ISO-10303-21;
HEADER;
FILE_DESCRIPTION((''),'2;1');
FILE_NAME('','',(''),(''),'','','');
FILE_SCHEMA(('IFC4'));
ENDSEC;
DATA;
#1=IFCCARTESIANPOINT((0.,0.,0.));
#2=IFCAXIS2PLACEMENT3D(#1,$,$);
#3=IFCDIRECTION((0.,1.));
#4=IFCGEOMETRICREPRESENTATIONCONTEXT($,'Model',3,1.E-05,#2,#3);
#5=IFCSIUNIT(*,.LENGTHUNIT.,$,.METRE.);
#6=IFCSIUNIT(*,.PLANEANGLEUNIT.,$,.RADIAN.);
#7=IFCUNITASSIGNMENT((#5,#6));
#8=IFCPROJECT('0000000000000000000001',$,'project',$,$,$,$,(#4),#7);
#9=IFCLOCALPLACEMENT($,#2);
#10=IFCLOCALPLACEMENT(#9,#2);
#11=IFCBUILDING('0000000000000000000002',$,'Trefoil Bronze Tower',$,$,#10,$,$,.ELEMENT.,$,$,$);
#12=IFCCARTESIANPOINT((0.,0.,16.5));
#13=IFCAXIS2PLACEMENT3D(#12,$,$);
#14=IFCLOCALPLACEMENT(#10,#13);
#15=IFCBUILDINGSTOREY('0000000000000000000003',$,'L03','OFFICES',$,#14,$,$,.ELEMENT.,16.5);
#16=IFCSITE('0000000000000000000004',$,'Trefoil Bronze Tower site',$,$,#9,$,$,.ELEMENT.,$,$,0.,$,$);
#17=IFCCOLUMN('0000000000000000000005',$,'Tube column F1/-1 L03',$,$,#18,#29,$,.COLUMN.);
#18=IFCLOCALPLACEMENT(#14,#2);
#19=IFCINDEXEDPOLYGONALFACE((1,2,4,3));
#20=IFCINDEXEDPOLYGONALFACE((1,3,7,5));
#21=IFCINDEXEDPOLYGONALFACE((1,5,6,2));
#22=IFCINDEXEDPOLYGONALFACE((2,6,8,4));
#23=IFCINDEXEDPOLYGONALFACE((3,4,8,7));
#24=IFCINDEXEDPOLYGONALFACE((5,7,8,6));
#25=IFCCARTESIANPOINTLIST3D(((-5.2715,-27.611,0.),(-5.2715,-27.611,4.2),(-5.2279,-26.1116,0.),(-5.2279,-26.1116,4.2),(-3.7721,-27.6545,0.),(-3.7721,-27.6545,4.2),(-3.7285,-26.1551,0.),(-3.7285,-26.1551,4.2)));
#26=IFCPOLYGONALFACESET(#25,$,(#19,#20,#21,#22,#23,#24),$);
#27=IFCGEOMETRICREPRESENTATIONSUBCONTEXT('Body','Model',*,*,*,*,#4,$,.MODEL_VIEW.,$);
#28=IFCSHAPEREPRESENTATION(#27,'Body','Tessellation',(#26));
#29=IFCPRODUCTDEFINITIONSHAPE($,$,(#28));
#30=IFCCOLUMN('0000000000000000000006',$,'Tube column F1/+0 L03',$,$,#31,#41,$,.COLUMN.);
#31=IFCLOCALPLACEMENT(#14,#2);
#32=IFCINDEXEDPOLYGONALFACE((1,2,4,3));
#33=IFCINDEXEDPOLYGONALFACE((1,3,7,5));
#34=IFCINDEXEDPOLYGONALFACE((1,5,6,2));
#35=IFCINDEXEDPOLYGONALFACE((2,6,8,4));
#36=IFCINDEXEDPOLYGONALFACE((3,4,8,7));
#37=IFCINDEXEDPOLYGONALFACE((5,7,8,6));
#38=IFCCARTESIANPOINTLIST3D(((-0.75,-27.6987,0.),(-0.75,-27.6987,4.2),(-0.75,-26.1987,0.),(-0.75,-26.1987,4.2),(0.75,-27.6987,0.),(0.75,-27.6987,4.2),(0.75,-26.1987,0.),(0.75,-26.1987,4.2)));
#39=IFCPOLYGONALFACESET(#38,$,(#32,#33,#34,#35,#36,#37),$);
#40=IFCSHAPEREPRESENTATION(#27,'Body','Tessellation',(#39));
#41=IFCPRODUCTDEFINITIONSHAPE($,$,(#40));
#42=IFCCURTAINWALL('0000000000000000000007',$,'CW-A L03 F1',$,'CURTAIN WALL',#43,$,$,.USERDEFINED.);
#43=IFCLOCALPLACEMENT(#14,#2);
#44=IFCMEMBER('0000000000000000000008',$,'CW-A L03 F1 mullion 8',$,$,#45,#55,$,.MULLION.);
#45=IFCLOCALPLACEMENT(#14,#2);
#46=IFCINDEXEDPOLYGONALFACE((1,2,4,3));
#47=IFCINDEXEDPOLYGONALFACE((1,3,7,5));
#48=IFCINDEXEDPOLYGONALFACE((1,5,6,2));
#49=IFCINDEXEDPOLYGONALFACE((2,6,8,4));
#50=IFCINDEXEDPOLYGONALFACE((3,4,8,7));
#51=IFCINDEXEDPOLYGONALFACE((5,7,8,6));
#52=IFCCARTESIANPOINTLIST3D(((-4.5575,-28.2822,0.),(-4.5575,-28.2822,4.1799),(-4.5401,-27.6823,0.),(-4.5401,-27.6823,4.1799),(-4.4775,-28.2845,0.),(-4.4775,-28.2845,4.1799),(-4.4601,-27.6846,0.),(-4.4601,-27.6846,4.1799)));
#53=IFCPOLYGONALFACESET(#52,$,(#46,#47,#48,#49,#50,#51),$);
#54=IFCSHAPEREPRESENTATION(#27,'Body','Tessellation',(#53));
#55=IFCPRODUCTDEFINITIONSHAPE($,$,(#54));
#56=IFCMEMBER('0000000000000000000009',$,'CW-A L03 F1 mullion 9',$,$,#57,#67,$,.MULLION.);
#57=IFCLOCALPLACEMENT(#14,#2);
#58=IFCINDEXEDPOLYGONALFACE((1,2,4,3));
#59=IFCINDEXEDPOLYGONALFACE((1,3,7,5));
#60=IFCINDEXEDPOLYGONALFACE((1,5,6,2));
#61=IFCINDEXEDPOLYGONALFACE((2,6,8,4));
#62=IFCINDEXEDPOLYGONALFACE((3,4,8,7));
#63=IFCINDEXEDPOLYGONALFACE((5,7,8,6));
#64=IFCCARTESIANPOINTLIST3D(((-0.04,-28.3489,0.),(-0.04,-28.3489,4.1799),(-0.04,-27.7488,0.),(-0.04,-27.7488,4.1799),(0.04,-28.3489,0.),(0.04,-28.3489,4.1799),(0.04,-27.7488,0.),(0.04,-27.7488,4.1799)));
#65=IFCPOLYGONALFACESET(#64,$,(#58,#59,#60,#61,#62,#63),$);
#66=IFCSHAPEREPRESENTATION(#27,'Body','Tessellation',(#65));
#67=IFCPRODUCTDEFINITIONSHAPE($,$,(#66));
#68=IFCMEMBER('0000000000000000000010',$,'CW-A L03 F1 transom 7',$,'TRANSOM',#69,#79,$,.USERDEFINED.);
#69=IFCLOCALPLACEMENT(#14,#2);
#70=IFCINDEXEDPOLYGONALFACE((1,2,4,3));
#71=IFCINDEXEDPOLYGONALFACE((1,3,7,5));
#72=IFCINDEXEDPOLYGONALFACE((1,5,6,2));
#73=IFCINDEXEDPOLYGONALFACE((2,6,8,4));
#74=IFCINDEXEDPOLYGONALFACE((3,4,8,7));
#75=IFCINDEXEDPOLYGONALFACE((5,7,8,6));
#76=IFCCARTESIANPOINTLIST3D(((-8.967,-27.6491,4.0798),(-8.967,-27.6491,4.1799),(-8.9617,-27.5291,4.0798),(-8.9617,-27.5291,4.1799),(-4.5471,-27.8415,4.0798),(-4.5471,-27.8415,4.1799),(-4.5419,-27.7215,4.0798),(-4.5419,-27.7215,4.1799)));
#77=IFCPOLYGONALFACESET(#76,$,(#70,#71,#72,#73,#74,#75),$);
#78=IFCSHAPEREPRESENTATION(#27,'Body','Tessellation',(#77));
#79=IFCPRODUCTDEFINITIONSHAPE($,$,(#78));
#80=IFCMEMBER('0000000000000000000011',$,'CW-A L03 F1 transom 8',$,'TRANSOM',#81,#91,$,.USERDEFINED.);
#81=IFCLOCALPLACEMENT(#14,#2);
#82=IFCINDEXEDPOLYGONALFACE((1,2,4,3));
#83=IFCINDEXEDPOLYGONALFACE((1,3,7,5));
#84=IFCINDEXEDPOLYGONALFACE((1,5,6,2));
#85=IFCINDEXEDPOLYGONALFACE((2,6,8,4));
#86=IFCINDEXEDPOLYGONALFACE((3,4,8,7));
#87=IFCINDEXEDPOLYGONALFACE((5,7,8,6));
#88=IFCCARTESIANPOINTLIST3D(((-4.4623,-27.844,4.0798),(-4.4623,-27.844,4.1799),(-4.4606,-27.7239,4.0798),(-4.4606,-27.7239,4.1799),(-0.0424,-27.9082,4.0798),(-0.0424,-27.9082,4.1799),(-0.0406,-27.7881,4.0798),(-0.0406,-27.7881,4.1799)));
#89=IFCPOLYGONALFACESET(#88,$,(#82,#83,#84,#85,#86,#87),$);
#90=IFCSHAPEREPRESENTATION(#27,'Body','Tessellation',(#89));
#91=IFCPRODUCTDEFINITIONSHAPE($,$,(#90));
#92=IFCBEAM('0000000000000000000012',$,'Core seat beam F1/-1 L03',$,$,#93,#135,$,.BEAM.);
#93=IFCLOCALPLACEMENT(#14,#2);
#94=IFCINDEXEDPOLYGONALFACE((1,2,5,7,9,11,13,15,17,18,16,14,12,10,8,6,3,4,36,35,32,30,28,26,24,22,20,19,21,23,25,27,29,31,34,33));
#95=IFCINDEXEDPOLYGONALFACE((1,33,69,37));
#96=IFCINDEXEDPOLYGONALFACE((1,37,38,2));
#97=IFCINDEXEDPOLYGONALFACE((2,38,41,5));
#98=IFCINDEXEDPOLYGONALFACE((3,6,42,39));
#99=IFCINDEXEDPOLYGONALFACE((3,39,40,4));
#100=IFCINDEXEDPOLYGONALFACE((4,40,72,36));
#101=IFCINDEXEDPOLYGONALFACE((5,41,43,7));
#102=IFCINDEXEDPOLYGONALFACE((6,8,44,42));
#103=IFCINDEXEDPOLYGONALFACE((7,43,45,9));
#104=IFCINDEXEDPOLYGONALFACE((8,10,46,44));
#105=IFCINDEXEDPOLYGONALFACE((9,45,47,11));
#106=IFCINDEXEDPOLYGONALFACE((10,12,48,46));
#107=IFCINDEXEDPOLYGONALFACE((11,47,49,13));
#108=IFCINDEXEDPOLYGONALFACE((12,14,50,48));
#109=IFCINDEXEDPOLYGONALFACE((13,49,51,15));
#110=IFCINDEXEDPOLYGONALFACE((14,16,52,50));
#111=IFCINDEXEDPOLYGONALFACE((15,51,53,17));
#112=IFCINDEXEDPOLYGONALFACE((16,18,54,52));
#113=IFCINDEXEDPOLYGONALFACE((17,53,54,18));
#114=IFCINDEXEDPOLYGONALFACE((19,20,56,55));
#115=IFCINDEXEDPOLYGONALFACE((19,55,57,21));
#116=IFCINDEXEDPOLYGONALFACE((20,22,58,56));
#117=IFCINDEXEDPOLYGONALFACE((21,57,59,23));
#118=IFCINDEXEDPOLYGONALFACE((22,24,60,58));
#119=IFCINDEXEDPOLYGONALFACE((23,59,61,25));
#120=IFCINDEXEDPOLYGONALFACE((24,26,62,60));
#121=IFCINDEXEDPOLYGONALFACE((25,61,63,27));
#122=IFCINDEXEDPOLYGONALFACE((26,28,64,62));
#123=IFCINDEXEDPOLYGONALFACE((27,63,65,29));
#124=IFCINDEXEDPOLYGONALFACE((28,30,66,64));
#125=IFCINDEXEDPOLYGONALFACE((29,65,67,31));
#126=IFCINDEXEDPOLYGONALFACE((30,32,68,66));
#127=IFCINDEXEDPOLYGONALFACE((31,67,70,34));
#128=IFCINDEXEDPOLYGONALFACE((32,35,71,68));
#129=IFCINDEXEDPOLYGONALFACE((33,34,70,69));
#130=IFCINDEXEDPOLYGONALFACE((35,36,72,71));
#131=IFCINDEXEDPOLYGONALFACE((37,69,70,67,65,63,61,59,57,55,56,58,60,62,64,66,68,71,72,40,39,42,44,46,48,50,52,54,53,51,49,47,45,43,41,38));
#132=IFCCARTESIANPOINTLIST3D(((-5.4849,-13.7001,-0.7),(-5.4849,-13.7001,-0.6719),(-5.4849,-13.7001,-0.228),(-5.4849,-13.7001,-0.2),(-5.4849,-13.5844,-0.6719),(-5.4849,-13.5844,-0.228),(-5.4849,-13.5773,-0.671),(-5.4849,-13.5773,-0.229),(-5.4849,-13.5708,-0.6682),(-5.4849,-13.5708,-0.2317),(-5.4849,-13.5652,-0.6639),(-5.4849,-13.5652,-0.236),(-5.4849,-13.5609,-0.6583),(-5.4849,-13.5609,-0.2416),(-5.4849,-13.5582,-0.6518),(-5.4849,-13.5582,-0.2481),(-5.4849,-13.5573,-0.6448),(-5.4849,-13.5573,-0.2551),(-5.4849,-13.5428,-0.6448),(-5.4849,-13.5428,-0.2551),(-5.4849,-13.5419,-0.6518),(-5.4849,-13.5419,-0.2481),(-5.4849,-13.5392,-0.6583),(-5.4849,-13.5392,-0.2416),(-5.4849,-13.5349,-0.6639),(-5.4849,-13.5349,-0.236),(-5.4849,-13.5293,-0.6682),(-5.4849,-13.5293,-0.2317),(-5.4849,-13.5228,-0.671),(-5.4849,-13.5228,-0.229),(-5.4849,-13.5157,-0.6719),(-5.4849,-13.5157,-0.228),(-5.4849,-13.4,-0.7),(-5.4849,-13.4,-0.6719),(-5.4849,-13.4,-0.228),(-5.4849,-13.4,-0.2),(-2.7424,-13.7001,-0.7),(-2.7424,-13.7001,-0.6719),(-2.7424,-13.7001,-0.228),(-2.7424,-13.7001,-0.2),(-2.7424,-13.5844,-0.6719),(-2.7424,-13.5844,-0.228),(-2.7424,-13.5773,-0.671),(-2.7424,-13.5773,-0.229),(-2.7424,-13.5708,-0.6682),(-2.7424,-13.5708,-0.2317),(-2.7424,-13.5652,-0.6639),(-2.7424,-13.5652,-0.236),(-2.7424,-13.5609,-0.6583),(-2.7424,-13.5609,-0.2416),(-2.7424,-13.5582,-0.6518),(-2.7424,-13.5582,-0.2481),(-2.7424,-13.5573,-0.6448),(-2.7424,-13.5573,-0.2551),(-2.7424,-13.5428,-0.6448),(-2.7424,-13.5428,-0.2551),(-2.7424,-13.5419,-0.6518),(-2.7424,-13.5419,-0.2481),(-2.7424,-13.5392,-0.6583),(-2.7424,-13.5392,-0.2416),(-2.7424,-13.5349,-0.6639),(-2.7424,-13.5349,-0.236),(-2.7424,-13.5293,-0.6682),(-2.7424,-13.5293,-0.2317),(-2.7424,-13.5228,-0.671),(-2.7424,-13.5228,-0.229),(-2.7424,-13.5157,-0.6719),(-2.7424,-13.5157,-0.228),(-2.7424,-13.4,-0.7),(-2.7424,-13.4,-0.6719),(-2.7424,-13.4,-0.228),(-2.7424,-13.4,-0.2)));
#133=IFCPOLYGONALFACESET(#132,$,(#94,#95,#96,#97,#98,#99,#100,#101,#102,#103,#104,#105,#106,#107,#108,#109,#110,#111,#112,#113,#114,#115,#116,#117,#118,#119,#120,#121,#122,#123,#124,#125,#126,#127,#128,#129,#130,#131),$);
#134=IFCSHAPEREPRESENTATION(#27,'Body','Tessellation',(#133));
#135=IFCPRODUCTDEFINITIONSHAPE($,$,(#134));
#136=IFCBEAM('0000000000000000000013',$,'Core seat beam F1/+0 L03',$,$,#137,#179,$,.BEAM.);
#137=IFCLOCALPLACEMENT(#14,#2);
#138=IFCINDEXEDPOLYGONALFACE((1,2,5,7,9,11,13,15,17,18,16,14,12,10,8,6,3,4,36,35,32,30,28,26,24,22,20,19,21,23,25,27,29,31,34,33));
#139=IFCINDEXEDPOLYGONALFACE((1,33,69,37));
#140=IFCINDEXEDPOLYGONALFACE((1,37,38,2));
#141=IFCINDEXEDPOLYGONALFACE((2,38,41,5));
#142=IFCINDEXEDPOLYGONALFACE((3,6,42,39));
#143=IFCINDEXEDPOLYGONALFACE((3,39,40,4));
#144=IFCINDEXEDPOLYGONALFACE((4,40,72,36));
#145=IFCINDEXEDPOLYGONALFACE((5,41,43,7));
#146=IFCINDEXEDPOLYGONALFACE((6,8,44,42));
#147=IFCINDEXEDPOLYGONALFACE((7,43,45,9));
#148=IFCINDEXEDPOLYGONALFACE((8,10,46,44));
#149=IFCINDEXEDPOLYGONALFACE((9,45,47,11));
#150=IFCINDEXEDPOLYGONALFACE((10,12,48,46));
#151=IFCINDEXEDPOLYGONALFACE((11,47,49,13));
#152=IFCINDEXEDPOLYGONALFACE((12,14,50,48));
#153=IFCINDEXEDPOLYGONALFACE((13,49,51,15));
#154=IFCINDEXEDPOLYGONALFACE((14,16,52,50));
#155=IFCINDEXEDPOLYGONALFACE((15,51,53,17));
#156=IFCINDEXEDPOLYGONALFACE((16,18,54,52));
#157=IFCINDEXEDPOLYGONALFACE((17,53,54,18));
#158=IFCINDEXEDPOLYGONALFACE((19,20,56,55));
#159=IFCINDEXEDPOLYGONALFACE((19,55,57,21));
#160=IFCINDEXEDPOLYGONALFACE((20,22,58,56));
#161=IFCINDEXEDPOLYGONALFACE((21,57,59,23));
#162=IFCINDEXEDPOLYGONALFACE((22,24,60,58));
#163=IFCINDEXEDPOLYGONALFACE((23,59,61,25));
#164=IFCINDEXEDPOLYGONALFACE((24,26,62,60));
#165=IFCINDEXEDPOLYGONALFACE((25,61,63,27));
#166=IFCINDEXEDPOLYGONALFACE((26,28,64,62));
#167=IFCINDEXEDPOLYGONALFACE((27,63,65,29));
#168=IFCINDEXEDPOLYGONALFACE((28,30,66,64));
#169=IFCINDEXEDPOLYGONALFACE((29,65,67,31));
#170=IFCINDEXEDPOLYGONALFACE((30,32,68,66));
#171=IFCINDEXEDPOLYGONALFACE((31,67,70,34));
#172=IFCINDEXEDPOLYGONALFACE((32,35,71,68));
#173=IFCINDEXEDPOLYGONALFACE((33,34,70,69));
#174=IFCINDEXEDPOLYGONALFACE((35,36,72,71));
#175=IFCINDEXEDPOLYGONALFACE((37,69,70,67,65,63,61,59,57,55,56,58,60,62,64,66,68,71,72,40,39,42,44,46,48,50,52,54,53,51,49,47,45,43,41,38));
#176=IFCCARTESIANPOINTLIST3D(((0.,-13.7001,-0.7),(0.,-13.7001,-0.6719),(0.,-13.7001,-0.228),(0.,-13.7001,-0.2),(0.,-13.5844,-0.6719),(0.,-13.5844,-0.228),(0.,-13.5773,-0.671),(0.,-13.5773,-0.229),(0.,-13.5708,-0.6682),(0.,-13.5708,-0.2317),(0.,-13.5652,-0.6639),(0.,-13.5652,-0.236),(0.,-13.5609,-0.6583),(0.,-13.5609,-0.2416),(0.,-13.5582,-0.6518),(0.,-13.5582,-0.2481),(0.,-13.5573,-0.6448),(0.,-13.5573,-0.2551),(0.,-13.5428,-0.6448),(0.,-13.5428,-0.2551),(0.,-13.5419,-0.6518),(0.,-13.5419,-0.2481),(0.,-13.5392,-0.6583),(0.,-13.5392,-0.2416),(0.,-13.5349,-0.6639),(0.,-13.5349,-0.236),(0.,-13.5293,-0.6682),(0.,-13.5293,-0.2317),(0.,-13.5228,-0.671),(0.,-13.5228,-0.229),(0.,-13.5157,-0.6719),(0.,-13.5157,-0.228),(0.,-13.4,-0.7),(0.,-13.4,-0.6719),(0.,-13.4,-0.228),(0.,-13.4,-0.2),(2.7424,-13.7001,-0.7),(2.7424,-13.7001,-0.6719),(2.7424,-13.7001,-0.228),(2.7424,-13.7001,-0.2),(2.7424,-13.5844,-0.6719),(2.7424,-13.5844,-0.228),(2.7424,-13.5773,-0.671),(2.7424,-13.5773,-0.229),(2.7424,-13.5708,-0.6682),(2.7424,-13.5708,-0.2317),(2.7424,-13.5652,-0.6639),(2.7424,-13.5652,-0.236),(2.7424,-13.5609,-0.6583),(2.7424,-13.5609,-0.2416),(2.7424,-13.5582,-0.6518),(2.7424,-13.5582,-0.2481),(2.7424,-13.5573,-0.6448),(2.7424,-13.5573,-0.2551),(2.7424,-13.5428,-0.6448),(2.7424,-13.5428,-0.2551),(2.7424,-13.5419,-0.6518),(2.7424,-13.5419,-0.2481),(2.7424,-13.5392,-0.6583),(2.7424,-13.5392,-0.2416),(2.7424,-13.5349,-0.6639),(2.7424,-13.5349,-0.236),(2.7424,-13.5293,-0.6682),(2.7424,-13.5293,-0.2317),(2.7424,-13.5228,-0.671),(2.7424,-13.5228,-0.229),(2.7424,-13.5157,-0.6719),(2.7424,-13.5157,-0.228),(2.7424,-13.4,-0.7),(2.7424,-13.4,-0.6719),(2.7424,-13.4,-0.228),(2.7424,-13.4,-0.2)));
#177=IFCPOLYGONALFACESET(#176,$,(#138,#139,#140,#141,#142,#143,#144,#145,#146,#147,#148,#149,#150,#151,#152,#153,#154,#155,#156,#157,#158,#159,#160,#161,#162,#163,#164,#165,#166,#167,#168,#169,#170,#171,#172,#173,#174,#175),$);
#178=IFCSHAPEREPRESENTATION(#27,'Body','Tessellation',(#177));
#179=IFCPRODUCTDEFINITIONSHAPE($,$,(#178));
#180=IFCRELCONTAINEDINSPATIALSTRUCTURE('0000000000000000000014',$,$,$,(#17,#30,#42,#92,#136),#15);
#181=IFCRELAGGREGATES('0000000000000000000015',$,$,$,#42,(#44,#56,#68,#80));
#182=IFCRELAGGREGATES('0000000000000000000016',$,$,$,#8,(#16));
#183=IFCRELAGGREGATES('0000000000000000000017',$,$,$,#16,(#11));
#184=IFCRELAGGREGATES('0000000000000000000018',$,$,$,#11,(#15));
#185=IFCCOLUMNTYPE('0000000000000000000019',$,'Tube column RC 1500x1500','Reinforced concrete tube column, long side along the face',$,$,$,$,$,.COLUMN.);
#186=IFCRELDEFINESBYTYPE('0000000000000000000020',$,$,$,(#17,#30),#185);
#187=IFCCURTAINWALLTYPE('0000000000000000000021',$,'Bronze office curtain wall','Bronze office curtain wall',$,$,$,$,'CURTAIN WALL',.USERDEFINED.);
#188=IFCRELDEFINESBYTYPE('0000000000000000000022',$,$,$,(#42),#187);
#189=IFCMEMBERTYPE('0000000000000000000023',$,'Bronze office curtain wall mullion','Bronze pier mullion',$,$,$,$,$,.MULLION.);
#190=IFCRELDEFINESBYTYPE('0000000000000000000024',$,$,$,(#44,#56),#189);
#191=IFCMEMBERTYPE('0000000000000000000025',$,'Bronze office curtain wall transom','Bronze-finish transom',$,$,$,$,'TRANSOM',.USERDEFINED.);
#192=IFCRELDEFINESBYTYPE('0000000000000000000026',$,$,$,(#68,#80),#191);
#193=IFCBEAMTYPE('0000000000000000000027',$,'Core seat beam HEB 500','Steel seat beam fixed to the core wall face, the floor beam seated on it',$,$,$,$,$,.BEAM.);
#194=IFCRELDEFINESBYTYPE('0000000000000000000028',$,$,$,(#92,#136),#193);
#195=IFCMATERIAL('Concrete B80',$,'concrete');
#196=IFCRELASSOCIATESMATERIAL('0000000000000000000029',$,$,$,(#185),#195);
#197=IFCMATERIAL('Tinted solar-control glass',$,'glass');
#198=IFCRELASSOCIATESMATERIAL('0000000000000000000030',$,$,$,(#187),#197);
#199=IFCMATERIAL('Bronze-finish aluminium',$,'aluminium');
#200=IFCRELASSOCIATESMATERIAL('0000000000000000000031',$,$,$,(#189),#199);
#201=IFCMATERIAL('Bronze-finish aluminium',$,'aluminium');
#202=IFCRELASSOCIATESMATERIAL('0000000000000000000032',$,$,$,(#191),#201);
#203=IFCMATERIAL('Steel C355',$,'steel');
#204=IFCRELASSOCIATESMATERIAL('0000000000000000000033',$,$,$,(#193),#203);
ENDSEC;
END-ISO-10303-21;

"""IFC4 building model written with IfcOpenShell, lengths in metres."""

from ifc_helpers import new_model, si_unit, direction, frame, origin, origin_2d, place, context, subcontext, project, spatial, rectangle, i_section, extrude, material, material_profile, profile_set, type_object, element, aggregate, save


model = new_model("IFC4")

# Units and contexts
model_context = context("Model", 3, precision=1e-05, world=origin(), true_north=direction((0.0, 1.0)))
body_context = subcontext(model_context, "Body", "Model", "MODEL_VIEW")
ifc_project = project(units=[si_unit("LENGTHUNIT", "METRE"), si_unit("PLANEANGLEUNIT", "RADIAN")], contexts=[model_context])

# Site, building, storey
site_placement = place(None, origin())
site = spatial("IfcSite", under=ifc_project, at=site_placement, Name="Trefoil Bronze Tower site", CompositionType="ELEMENT", RefElevation=0.0)
building_placement = place(site_placement, origin())
building = spatial("IfcBuilding", under=site, at=building_placement, Name="Trefoil Bronze Tower", CompositionType="ELEMENT")
storey_placement = place(building_placement, frame((0.0, 0.0, 16.5)))
storey = spatial("IfcBuildingStorey", under=building, at=storey_placement, Name="L03", Description="OFFICES", CompositionType="ELEMENT", Elevation=16.5)

# Columns
ifc_material_1 = material(Name="Concrete B80", Category="concrete")
ifc_material_profile_1 = material_profile(ifc_material_1, rectangle(XDim=1.5, YDim=1.5, at=origin_2d()), Name="RC 1500x1500")
ifc_profile_set_1 = profile_set([ifc_material_profile_1], Name="Concrete B80")
column_type = type_object("IfcColumnType", Name="Tube column RC 1500x1500", Description="Reinforced concrete tube column, long side along the face", PredefinedType="COLUMN", material=ifc_profile_set_1)
for number, where, z_axis, x_axis, name in (
    (1, (-4.5, -26.8831, 0.0), (0.0, 0.0, 1.0), (0.999579, -0.029022, 0.0), "Tube column F1/-1 L03"),
    (2, (0.0, -26.9487, 0.0), (0.0, 0.0, 1.0), (1.0, 0.0, 0.0), "Tube column F1/+0 L03"),
):
    element("IfcColumn", number, at=place(storey_placement, frame(where, z_axis=z_axis, x_axis=x_axis)), inside=storey, type_object=column_type, Name=name, PredefinedType="COLUMN", context=body_context, shape_type="SweptSolid", body=[
        extrude(rectangle(XDim=1.5, YDim=1.5, at=origin_2d()), origin(), (0.0, 0.0, 1.0), 4.2),
    ])

# Curtain wall, members
ifc_material_2 = material(Name="Tinted solar-control glass", Category="glass")
curtain_wall_type = type_object("IfcCurtainWallType", Name="Bronze office curtain wall", Description="Bronze office curtain wall", ElementType="CURTAIN WALL", PredefinedType="USERDEFINED", material=ifc_material_2)
curtain_wall_placement = place(storey_placement, origin())
curtain_wall = element("IfcCurtainWall", 3, at=curtain_wall_placement, inside=storey, type_object=curtain_wall_type, Name="CW-A L03 F1", ObjectType="CURTAIN WALL", PredefinedType="USERDEFINED")
ifc_material_3 = material(Name="Bronze-finish aluminium", Category="aluminium")
ifc_material_profile_2 = material_profile(ifc_material_3, rectangle(XDim=0.6001, YDim=0.0801, at=origin_2d()), Name="CW-A mullion")
ifc_profile_set_2 = profile_set([ifc_material_profile_2], Name="Bronze-finish aluminium")
member_type_1 = type_object("IfcMemberType", Name="Bronze office curtain wall mullion", Description="Bronze pier mullion", PredefinedType="MULLION", material=ifc_profile_set_2)
member_1_placement = place(storey_placement, frame((-4.5088, -27.9834, 0.0), z_axis=(0.0, 0.0, 1.0), x_axis=(0.029022, 0.999579, 0.0)))
member_1 = element("IfcMember", 4, at=member_1_placement, type_object=member_type_1, Name="CW-A L03 F1 mullion 8", PredefinedType="MULLION", context=body_context, shape_type="SweptSolid", body=[
    extrude(rectangle(XDim=0.6001, YDim=0.0801, at=origin_2d()), origin(), (0.0, 0.0, 1.0), 4.1799),
])
member_2_placement = place(storey_placement, frame((0.0, -28.0488, 0.0), z_axis=(0.0, 0.0, 1.0), x_axis=(0.0, 1.0, 0.0)))
member_2 = element("IfcMember", 5, at=member_2_placement, type_object=member_type_1, Name="CW-A L03 F1 mullion 9", PredefinedType="MULLION", context=body_context, shape_type="SweptSolid", body=[
    extrude(rectangle(XDim=0.6001, YDim=0.0801, at=origin_2d()), origin(), (0.0, 0.0, 1.0), 4.1799),
])
ifc_material_4 = material(Name="Bronze-finish aluminium", Category="aluminium")
ifc_material_profile_3 = material_profile(ifc_material_4, rectangle(XDim=0.1201, YDim=0.1001, at=origin_2d()), Name="CW-A transom")
ifc_profile_set_3 = profile_set([ifc_material_profile_3], Name="Bronze-finish aluminium")
member_type_2 = type_object("IfcMemberType", Name="Bronze office curtain wall transom", Description="Bronze-finish transom", ElementType="TRANSOM", PredefinedType="USERDEFINED", material=ifc_profile_set_3)
member_3_placement = place(storey_placement, frame((-8.9644, -27.5891, 4.1299), z_axis=(0.999054, -0.043485, 0.0), x_axis=(0.043485, 0.999054, 0.0)))
member_3 = element("IfcMember", 6, at=member_3_placement, type_object=member_type_2, Name="CW-A L03 F1 transom 7", ObjectType="TRANSOM", PredefinedType="USERDEFINED", context=body_context, shape_type="SweptSolid", body=[
    extrude(rectangle(XDim=0.1201, YDim=0.1001, at=origin_2d()), origin(), (0.0, 0.0, 1.0), 4.4241),
])
member_4_placement = place(storey_placement, frame((-4.4614, -27.7839, 4.1299), z_axis=(0.999894, -0.014526, 0.0), x_axis=(0.014526, 0.999894, 0.0)))
member_4 = element("IfcMember", 7, at=member_4_placement, type_object=member_type_2, Name="CW-A L03 F1 transom 8", ObjectType="TRANSOM", PredefinedType="USERDEFINED", context=body_context, shape_type="SweptSolid", body=[
    extrude(rectangle(XDim=0.1201, YDim=0.1001, at=origin_2d()), origin(), (0.0, 0.0, 1.0), 4.4204),
])

# Beams
ifc_material_5 = material(Name="Steel C355", Category="steel")
ifc_material_profile_4 = material_profile(ifc_material_5, i_section(OverallWidth=0.3, OverallDepth=0.5, WebThickness=0.0144, FlangeThickness=0.0281, FilletRadius=0.0271, at=origin_2d()), Name="HEB 500")
ifc_profile_set_4 = profile_set([ifc_material_profile_4], Name="Steel C355")
beam_type_1 = type_object("IfcBeamType", Name="Core seat beam HEB 500", Description="Steel seat beam fixed to the core wall face, the floor beam seated on it", PredefinedType="BEAM", material=ifc_profile_set_4)
for number, where, z_axis, x_axis, name in (
    (8, (-5.4849, -13.55, -0.45), (1.0, 0.0, 0.0), (0.0, 1.0, 0.0), "Core seat beam F1/-1 L03"),
    (9, (0.0, -13.55, -0.45), (1.0, 0.0, 0.0), (0.0, 1.0, 0.0), "Core seat beam F1/+0 L03"),
):
    element("IfcBeam", number, at=place(storey_placement, frame(where, z_axis=z_axis, x_axis=x_axis)), inside=storey, type_object=beam_type_1, Name=name, PredefinedType="BEAM", context=body_context, shape_type="SweptSolid", body=[
        extrude(i_section(OverallWidth=0.3, OverallDepth=0.5, WebThickness=0.0144, FlangeThickness=0.0281, FilletRadius=0.0271, at=origin_2d()), origin(), (0.0, 0.0, 1.0), 2.7424),
    ])

aggregate(curtain_wall, [member_1, member_2, member_3, member_4])

save(model, "model.ifc")
